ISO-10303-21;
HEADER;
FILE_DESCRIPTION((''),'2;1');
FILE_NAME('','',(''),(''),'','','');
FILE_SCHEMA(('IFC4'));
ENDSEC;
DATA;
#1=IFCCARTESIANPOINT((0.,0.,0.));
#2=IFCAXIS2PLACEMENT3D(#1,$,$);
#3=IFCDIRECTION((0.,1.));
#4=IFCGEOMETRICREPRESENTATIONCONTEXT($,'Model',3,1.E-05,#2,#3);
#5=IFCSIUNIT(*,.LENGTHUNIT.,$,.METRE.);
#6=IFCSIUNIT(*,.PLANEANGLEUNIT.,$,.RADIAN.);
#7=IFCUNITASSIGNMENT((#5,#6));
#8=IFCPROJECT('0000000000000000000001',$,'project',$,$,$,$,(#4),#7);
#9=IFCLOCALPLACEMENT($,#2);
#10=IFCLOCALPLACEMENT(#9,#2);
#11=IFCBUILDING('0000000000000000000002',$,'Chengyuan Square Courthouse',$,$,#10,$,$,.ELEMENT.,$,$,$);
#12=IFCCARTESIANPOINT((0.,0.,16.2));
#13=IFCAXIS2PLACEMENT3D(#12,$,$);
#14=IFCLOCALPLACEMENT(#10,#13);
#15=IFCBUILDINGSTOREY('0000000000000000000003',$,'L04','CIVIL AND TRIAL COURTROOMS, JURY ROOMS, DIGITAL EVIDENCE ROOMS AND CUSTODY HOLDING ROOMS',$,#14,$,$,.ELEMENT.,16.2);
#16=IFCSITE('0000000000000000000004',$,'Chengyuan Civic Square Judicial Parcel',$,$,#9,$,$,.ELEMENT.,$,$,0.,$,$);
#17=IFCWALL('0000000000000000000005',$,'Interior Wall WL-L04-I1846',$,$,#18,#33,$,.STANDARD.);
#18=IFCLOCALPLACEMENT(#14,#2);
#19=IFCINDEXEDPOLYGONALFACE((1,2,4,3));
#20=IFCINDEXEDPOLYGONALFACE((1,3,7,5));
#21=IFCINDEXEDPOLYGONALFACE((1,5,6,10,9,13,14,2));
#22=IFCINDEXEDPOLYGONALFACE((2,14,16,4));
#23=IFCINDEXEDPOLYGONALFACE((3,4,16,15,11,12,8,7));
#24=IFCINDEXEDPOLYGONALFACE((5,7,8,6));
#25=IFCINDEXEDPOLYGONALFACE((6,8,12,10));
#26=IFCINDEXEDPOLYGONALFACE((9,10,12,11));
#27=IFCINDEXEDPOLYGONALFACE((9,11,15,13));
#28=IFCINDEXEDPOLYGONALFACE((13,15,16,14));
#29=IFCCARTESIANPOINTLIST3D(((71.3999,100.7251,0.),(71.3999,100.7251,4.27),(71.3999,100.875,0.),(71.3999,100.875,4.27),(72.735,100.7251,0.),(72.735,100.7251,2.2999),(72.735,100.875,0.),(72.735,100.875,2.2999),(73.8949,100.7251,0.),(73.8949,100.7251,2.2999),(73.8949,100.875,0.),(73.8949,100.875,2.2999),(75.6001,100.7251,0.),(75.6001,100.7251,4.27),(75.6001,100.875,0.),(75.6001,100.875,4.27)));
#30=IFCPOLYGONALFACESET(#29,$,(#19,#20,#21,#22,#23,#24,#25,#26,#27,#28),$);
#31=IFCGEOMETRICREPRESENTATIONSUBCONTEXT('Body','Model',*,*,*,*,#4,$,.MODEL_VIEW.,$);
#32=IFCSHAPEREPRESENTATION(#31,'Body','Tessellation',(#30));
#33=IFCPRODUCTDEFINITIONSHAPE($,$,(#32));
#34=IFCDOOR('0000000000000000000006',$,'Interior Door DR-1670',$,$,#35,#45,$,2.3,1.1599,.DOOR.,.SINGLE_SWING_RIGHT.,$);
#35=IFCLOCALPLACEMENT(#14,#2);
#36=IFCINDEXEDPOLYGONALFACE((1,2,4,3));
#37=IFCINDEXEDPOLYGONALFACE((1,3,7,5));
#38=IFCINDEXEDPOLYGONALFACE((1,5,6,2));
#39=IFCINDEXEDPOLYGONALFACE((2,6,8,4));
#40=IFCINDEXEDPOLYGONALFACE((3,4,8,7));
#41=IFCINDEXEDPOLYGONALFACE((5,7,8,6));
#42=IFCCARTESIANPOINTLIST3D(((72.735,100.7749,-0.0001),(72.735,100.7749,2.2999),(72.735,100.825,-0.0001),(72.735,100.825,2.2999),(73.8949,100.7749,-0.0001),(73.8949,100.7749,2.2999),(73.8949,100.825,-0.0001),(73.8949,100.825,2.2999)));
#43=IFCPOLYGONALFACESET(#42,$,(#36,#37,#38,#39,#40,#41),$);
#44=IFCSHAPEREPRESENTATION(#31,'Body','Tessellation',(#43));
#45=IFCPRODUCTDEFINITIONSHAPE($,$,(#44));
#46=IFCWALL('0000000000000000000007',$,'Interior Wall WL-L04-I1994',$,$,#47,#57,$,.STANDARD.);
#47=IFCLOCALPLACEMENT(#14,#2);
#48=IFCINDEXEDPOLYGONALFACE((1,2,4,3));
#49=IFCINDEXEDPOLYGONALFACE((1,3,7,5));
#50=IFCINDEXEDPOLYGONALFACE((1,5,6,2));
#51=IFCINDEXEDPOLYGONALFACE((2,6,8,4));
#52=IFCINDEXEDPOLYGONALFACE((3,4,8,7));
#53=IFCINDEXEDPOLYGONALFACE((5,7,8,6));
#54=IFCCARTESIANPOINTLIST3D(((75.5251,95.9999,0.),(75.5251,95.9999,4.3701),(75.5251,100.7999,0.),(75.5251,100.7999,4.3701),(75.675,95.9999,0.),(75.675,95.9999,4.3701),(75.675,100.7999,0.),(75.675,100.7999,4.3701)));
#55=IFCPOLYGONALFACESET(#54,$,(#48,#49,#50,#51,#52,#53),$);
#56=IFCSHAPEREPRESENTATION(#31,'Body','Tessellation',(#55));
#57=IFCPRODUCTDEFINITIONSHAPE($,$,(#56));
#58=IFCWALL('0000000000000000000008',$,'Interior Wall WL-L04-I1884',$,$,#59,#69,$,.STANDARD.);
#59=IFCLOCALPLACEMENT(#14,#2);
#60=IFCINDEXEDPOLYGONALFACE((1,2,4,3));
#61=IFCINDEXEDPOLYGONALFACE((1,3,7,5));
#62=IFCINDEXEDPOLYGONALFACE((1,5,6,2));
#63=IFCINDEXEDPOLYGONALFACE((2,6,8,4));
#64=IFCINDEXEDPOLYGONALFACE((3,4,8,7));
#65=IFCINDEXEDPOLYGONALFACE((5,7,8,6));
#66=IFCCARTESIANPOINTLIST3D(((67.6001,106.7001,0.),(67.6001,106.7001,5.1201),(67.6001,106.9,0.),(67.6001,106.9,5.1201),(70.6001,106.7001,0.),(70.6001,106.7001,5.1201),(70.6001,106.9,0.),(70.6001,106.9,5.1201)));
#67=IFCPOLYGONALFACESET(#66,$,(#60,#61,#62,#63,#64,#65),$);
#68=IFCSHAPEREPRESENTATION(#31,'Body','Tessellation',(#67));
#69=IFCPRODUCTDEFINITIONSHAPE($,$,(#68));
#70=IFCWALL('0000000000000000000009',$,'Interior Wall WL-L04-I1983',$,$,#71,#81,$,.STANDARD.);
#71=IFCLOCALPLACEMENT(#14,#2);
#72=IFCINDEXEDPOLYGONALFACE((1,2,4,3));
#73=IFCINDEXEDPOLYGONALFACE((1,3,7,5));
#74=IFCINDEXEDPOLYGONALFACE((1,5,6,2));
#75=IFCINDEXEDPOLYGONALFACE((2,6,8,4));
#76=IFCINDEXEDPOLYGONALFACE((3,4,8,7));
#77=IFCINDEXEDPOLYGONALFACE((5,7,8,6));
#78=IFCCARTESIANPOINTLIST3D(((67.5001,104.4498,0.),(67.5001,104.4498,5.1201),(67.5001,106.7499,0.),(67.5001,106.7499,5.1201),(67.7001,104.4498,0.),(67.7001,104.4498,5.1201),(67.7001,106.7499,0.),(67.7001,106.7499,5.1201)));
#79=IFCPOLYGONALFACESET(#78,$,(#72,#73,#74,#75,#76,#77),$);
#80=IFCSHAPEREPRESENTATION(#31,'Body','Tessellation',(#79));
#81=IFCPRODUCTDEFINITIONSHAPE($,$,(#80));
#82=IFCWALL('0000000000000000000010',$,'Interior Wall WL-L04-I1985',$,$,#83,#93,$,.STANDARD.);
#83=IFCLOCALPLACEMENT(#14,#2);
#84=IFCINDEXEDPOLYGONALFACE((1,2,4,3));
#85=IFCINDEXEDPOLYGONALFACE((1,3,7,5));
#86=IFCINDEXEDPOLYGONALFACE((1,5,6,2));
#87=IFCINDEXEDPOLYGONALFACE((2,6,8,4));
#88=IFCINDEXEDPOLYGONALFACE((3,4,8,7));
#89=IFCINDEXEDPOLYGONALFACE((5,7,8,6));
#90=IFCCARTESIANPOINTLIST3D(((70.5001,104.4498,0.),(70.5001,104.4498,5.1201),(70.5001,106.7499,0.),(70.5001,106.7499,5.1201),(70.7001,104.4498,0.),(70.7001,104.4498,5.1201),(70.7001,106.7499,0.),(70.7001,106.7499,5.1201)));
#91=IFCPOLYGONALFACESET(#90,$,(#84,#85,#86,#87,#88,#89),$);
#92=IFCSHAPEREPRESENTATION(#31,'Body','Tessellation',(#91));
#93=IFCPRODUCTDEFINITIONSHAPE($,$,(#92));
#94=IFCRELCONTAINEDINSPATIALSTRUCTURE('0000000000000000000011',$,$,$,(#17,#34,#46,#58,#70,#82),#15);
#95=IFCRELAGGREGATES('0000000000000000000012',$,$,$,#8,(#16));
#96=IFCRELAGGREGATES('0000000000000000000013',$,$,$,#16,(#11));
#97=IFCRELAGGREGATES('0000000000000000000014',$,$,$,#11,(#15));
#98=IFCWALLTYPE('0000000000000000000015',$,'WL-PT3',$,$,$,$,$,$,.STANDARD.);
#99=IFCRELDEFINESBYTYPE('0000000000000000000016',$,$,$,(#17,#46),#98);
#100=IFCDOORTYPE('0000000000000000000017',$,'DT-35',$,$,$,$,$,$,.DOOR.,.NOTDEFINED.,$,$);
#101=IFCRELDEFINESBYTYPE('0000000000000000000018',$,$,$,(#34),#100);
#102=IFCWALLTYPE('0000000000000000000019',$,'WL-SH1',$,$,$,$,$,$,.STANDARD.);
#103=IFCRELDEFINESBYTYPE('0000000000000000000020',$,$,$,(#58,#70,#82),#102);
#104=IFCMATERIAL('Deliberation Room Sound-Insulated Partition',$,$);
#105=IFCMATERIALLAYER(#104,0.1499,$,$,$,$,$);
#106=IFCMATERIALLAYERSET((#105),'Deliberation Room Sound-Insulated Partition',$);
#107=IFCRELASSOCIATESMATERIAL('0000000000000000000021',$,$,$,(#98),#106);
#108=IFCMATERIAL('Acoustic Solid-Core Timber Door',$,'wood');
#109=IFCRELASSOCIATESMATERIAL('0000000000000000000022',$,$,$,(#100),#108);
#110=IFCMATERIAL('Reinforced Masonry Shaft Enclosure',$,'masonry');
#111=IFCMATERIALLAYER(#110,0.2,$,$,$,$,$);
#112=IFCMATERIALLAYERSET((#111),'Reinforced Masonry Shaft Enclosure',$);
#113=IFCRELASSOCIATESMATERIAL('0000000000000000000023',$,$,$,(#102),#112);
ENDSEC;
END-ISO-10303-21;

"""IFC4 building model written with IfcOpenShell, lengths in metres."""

from ifc_helpers import new_model, si_unit, direction, frame, frame_2d, origin, place, context, subcontext, project, spatial, rectangle, extrude, material, layer, layer_set, type_object, element, fill, save


model = new_model("IFC4")

# Units and contexts
model_context = context("Model", 3, precision=1e-05, world=origin(), true_north=direction((0.0, 1.0)))
body_context = subcontext(model_context, "Body", "Model", "MODEL_VIEW")
ifc_project = project(units=[si_unit("LENGTHUNIT", "METRE"), si_unit("PLANEANGLEUNIT", "RADIAN")], contexts=[model_context])

# Site, building, storey
site_placement = place(None, origin())
site = spatial("IfcSite", under=ifc_project, at=site_placement, Name="Chengyuan Civic Square Judicial Parcel", CompositionType="ELEMENT", RefElevation=0.0)
building_placement = place(site_placement, origin())
building = spatial("IfcBuilding", under=site, at=building_placement, Name="Chengyuan Square Courthouse", CompositionType="ELEMENT")
storey_placement = place(building_placement, frame((0.0, 0.0, 16.2)))
storey = spatial("IfcBuildingStorey", under=building, at=storey_placement, Name="L04", Description="CIVIL AND TRIAL COURTROOMS, JURY ROOMS, DIGITAL EVIDENCE ROOMS AND CUSTODY HOLDING ROOMS", CompositionType="ELEMENT", Elevation=16.2)

# Wall, opening, door
ifc_material_1 = material(Name="Deliberation Room Sound-Insulated Partition")
ifc_layer_1 = layer(ifc_material_1, 0.1499)
ifc_layer_set_1 = layer_set([ifc_layer_1], Name="Deliberation Room Sound-Insulated Partition")
wall_type_1 = type_object("IfcWallType", Name="WL-PT3", PredefinedType="STANDARD", material=ifc_layer_set_1)
wall_1_placement = place(storey_placement, frame((71.3999, 100.8, 0.0), z_axis=(0.0, 0.0, 1.0), x_axis=(1.0, 0.0, 0.0)))
wall_1 = element("IfcWall", 1, at=wall_1_placement, inside=storey, type_object=wall_type_1, Name="Interior Wall WL-L04-I1846", PredefinedType="STANDARD", context=body_context, shape_type="SweptSolid", body=[
    extrude(rectangle(XDim=4.2002, YDim=0.1499, at=frame_2d((2.1001, 0.0))), origin(), (0.0, 0.0, 1.0), 4.27),
])
opening_1_placement = place(wall_1_placement, frame((1.335, 0.0, 0.0)))
opening_1 = element("IfcOpeningElement", 2, at=opening_1_placement, cuts=wall_1, PredefinedType="OPENING", context=body_context, shape_type="SweptSolid", body=[
    extrude(rectangle(XDim=1.1599, YDim=2.3, at=frame_2d((0.5801, 1.1499))), frame((0.0, 0.0869, 0.0), z_axis=(0.0, -1.0, 0.0), x_axis=(1.0, 0.0, 0.0)), (0.0, 0.0, 1.0), 0.1738),
])
ifc_material_2 = material(Name="Acoustic Solid-Core Timber Door", Category="wood")
door_type_1 = type_object("IfcDoorType", Name="DT-35", OperationType="NOTDEFINED", PredefinedType="DOOR", material=ifc_material_2)
door_1_placement = place(opening_1_placement, origin())
door_1 = element("IfcDoor", 3, at=door_1_placement, inside=storey, type_object=door_type_1, Name="Interior Door DR-1670", OperationType="SINGLE_SWING_RIGHT", OverallHeight=2.3, OverallWidth=1.1599, PredefinedType="DOOR", context=body_context, shape_type="SweptSolid", body=[
    extrude(rectangle(XDim=1.1599, YDim=2.3, at=frame_2d((0.5801, 1.1499))), frame((0.0, 0.0249, 0.0), z_axis=(0.0, -1.0, 0.0), x_axis=(1.0, 0.0, 0.0)), (0.0, 0.0, 1.0), 0.05),
])
fill(opening_1, door_1)

# Wall
wall_2_placement = place(storey_placement, frame((75.6001, 96.0, 0.0), z_axis=(0.0, 0.0, 1.0), x_axis=(0.0, 1.0, 0.0)))
element("IfcWall", 4, at=wall_2_placement, inside=storey, type_object=wall_type_1, Name="Interior Wall WL-L04-I1994", PredefinedType="STANDARD", context=body_context, shape_type="SweptSolid", body=[
    extrude(rectangle(XDim=4.8, YDim=0.1499, at=frame_2d((2.3999, 0.0))), origin(), (0.0, 0.0, 1.0), 4.3701),
])

# Shared definitions
ifc_material_3 = material(Name="Reinforced Masonry Shaft Enclosure", Category="masonry")
ifc_layer_2 = layer(ifc_material_3, 0.2)
ifc_layer_set_2 = layer_set([ifc_layer_2], Name="Reinforced Masonry Shaft Enclosure")
wall_type_2 = type_object("IfcWallType", Name="WL-SH1", PredefinedType="STANDARD", material=ifc_layer_set_2)

# Walls
wall_3_placement = place(storey_placement, frame((67.6001, 106.8, 0.0), z_axis=(0.0, 0.0, 1.0), x_axis=(1.0, 0.0, 0.0)))
element("IfcWall", 5, at=wall_3_placement, inside=storey, type_object=wall_type_2, Name="Interior Wall WL-L04-I1884", PredefinedType="STANDARD", context=body_context, shape_type="SweptSolid", body=[
    extrude(rectangle(XDim=3.0, YDim=0.2, at=frame_2d((1.5, 0.0))), origin(), (0.0, 0.0, 1.0), 5.1201),
])
for number, where, z_axis, x_axis, name in (
    (6, (67.6001, 104.45, 0.0), (0.0, 0.0, 1.0), (0.0, 1.0, 0.0), "Interior Wall WL-L04-I1983"),
    (7, (70.6001, 104.45, 0.0), (0.0, 0.0, 1.0), (0.0, 1.0, 0.0), "Interior Wall WL-L04-I1985"),
):
    element("IfcWall", number, at=place(storey_placement, frame(where, z_axis=z_axis, x_axis=x_axis)), inside=storey, type_object=wall_type_2, Name=name, PredefinedType="STANDARD", context=body_context, shape_type="SweptSolid", body=[
        extrude(rectangle(XDim=2.3, YDim=0.2, at=frame_2d((1.1499, 0.0))), origin(), (0.0, 0.0, 1.0), 5.1201),
    ])

save(model, "model.ifc")
